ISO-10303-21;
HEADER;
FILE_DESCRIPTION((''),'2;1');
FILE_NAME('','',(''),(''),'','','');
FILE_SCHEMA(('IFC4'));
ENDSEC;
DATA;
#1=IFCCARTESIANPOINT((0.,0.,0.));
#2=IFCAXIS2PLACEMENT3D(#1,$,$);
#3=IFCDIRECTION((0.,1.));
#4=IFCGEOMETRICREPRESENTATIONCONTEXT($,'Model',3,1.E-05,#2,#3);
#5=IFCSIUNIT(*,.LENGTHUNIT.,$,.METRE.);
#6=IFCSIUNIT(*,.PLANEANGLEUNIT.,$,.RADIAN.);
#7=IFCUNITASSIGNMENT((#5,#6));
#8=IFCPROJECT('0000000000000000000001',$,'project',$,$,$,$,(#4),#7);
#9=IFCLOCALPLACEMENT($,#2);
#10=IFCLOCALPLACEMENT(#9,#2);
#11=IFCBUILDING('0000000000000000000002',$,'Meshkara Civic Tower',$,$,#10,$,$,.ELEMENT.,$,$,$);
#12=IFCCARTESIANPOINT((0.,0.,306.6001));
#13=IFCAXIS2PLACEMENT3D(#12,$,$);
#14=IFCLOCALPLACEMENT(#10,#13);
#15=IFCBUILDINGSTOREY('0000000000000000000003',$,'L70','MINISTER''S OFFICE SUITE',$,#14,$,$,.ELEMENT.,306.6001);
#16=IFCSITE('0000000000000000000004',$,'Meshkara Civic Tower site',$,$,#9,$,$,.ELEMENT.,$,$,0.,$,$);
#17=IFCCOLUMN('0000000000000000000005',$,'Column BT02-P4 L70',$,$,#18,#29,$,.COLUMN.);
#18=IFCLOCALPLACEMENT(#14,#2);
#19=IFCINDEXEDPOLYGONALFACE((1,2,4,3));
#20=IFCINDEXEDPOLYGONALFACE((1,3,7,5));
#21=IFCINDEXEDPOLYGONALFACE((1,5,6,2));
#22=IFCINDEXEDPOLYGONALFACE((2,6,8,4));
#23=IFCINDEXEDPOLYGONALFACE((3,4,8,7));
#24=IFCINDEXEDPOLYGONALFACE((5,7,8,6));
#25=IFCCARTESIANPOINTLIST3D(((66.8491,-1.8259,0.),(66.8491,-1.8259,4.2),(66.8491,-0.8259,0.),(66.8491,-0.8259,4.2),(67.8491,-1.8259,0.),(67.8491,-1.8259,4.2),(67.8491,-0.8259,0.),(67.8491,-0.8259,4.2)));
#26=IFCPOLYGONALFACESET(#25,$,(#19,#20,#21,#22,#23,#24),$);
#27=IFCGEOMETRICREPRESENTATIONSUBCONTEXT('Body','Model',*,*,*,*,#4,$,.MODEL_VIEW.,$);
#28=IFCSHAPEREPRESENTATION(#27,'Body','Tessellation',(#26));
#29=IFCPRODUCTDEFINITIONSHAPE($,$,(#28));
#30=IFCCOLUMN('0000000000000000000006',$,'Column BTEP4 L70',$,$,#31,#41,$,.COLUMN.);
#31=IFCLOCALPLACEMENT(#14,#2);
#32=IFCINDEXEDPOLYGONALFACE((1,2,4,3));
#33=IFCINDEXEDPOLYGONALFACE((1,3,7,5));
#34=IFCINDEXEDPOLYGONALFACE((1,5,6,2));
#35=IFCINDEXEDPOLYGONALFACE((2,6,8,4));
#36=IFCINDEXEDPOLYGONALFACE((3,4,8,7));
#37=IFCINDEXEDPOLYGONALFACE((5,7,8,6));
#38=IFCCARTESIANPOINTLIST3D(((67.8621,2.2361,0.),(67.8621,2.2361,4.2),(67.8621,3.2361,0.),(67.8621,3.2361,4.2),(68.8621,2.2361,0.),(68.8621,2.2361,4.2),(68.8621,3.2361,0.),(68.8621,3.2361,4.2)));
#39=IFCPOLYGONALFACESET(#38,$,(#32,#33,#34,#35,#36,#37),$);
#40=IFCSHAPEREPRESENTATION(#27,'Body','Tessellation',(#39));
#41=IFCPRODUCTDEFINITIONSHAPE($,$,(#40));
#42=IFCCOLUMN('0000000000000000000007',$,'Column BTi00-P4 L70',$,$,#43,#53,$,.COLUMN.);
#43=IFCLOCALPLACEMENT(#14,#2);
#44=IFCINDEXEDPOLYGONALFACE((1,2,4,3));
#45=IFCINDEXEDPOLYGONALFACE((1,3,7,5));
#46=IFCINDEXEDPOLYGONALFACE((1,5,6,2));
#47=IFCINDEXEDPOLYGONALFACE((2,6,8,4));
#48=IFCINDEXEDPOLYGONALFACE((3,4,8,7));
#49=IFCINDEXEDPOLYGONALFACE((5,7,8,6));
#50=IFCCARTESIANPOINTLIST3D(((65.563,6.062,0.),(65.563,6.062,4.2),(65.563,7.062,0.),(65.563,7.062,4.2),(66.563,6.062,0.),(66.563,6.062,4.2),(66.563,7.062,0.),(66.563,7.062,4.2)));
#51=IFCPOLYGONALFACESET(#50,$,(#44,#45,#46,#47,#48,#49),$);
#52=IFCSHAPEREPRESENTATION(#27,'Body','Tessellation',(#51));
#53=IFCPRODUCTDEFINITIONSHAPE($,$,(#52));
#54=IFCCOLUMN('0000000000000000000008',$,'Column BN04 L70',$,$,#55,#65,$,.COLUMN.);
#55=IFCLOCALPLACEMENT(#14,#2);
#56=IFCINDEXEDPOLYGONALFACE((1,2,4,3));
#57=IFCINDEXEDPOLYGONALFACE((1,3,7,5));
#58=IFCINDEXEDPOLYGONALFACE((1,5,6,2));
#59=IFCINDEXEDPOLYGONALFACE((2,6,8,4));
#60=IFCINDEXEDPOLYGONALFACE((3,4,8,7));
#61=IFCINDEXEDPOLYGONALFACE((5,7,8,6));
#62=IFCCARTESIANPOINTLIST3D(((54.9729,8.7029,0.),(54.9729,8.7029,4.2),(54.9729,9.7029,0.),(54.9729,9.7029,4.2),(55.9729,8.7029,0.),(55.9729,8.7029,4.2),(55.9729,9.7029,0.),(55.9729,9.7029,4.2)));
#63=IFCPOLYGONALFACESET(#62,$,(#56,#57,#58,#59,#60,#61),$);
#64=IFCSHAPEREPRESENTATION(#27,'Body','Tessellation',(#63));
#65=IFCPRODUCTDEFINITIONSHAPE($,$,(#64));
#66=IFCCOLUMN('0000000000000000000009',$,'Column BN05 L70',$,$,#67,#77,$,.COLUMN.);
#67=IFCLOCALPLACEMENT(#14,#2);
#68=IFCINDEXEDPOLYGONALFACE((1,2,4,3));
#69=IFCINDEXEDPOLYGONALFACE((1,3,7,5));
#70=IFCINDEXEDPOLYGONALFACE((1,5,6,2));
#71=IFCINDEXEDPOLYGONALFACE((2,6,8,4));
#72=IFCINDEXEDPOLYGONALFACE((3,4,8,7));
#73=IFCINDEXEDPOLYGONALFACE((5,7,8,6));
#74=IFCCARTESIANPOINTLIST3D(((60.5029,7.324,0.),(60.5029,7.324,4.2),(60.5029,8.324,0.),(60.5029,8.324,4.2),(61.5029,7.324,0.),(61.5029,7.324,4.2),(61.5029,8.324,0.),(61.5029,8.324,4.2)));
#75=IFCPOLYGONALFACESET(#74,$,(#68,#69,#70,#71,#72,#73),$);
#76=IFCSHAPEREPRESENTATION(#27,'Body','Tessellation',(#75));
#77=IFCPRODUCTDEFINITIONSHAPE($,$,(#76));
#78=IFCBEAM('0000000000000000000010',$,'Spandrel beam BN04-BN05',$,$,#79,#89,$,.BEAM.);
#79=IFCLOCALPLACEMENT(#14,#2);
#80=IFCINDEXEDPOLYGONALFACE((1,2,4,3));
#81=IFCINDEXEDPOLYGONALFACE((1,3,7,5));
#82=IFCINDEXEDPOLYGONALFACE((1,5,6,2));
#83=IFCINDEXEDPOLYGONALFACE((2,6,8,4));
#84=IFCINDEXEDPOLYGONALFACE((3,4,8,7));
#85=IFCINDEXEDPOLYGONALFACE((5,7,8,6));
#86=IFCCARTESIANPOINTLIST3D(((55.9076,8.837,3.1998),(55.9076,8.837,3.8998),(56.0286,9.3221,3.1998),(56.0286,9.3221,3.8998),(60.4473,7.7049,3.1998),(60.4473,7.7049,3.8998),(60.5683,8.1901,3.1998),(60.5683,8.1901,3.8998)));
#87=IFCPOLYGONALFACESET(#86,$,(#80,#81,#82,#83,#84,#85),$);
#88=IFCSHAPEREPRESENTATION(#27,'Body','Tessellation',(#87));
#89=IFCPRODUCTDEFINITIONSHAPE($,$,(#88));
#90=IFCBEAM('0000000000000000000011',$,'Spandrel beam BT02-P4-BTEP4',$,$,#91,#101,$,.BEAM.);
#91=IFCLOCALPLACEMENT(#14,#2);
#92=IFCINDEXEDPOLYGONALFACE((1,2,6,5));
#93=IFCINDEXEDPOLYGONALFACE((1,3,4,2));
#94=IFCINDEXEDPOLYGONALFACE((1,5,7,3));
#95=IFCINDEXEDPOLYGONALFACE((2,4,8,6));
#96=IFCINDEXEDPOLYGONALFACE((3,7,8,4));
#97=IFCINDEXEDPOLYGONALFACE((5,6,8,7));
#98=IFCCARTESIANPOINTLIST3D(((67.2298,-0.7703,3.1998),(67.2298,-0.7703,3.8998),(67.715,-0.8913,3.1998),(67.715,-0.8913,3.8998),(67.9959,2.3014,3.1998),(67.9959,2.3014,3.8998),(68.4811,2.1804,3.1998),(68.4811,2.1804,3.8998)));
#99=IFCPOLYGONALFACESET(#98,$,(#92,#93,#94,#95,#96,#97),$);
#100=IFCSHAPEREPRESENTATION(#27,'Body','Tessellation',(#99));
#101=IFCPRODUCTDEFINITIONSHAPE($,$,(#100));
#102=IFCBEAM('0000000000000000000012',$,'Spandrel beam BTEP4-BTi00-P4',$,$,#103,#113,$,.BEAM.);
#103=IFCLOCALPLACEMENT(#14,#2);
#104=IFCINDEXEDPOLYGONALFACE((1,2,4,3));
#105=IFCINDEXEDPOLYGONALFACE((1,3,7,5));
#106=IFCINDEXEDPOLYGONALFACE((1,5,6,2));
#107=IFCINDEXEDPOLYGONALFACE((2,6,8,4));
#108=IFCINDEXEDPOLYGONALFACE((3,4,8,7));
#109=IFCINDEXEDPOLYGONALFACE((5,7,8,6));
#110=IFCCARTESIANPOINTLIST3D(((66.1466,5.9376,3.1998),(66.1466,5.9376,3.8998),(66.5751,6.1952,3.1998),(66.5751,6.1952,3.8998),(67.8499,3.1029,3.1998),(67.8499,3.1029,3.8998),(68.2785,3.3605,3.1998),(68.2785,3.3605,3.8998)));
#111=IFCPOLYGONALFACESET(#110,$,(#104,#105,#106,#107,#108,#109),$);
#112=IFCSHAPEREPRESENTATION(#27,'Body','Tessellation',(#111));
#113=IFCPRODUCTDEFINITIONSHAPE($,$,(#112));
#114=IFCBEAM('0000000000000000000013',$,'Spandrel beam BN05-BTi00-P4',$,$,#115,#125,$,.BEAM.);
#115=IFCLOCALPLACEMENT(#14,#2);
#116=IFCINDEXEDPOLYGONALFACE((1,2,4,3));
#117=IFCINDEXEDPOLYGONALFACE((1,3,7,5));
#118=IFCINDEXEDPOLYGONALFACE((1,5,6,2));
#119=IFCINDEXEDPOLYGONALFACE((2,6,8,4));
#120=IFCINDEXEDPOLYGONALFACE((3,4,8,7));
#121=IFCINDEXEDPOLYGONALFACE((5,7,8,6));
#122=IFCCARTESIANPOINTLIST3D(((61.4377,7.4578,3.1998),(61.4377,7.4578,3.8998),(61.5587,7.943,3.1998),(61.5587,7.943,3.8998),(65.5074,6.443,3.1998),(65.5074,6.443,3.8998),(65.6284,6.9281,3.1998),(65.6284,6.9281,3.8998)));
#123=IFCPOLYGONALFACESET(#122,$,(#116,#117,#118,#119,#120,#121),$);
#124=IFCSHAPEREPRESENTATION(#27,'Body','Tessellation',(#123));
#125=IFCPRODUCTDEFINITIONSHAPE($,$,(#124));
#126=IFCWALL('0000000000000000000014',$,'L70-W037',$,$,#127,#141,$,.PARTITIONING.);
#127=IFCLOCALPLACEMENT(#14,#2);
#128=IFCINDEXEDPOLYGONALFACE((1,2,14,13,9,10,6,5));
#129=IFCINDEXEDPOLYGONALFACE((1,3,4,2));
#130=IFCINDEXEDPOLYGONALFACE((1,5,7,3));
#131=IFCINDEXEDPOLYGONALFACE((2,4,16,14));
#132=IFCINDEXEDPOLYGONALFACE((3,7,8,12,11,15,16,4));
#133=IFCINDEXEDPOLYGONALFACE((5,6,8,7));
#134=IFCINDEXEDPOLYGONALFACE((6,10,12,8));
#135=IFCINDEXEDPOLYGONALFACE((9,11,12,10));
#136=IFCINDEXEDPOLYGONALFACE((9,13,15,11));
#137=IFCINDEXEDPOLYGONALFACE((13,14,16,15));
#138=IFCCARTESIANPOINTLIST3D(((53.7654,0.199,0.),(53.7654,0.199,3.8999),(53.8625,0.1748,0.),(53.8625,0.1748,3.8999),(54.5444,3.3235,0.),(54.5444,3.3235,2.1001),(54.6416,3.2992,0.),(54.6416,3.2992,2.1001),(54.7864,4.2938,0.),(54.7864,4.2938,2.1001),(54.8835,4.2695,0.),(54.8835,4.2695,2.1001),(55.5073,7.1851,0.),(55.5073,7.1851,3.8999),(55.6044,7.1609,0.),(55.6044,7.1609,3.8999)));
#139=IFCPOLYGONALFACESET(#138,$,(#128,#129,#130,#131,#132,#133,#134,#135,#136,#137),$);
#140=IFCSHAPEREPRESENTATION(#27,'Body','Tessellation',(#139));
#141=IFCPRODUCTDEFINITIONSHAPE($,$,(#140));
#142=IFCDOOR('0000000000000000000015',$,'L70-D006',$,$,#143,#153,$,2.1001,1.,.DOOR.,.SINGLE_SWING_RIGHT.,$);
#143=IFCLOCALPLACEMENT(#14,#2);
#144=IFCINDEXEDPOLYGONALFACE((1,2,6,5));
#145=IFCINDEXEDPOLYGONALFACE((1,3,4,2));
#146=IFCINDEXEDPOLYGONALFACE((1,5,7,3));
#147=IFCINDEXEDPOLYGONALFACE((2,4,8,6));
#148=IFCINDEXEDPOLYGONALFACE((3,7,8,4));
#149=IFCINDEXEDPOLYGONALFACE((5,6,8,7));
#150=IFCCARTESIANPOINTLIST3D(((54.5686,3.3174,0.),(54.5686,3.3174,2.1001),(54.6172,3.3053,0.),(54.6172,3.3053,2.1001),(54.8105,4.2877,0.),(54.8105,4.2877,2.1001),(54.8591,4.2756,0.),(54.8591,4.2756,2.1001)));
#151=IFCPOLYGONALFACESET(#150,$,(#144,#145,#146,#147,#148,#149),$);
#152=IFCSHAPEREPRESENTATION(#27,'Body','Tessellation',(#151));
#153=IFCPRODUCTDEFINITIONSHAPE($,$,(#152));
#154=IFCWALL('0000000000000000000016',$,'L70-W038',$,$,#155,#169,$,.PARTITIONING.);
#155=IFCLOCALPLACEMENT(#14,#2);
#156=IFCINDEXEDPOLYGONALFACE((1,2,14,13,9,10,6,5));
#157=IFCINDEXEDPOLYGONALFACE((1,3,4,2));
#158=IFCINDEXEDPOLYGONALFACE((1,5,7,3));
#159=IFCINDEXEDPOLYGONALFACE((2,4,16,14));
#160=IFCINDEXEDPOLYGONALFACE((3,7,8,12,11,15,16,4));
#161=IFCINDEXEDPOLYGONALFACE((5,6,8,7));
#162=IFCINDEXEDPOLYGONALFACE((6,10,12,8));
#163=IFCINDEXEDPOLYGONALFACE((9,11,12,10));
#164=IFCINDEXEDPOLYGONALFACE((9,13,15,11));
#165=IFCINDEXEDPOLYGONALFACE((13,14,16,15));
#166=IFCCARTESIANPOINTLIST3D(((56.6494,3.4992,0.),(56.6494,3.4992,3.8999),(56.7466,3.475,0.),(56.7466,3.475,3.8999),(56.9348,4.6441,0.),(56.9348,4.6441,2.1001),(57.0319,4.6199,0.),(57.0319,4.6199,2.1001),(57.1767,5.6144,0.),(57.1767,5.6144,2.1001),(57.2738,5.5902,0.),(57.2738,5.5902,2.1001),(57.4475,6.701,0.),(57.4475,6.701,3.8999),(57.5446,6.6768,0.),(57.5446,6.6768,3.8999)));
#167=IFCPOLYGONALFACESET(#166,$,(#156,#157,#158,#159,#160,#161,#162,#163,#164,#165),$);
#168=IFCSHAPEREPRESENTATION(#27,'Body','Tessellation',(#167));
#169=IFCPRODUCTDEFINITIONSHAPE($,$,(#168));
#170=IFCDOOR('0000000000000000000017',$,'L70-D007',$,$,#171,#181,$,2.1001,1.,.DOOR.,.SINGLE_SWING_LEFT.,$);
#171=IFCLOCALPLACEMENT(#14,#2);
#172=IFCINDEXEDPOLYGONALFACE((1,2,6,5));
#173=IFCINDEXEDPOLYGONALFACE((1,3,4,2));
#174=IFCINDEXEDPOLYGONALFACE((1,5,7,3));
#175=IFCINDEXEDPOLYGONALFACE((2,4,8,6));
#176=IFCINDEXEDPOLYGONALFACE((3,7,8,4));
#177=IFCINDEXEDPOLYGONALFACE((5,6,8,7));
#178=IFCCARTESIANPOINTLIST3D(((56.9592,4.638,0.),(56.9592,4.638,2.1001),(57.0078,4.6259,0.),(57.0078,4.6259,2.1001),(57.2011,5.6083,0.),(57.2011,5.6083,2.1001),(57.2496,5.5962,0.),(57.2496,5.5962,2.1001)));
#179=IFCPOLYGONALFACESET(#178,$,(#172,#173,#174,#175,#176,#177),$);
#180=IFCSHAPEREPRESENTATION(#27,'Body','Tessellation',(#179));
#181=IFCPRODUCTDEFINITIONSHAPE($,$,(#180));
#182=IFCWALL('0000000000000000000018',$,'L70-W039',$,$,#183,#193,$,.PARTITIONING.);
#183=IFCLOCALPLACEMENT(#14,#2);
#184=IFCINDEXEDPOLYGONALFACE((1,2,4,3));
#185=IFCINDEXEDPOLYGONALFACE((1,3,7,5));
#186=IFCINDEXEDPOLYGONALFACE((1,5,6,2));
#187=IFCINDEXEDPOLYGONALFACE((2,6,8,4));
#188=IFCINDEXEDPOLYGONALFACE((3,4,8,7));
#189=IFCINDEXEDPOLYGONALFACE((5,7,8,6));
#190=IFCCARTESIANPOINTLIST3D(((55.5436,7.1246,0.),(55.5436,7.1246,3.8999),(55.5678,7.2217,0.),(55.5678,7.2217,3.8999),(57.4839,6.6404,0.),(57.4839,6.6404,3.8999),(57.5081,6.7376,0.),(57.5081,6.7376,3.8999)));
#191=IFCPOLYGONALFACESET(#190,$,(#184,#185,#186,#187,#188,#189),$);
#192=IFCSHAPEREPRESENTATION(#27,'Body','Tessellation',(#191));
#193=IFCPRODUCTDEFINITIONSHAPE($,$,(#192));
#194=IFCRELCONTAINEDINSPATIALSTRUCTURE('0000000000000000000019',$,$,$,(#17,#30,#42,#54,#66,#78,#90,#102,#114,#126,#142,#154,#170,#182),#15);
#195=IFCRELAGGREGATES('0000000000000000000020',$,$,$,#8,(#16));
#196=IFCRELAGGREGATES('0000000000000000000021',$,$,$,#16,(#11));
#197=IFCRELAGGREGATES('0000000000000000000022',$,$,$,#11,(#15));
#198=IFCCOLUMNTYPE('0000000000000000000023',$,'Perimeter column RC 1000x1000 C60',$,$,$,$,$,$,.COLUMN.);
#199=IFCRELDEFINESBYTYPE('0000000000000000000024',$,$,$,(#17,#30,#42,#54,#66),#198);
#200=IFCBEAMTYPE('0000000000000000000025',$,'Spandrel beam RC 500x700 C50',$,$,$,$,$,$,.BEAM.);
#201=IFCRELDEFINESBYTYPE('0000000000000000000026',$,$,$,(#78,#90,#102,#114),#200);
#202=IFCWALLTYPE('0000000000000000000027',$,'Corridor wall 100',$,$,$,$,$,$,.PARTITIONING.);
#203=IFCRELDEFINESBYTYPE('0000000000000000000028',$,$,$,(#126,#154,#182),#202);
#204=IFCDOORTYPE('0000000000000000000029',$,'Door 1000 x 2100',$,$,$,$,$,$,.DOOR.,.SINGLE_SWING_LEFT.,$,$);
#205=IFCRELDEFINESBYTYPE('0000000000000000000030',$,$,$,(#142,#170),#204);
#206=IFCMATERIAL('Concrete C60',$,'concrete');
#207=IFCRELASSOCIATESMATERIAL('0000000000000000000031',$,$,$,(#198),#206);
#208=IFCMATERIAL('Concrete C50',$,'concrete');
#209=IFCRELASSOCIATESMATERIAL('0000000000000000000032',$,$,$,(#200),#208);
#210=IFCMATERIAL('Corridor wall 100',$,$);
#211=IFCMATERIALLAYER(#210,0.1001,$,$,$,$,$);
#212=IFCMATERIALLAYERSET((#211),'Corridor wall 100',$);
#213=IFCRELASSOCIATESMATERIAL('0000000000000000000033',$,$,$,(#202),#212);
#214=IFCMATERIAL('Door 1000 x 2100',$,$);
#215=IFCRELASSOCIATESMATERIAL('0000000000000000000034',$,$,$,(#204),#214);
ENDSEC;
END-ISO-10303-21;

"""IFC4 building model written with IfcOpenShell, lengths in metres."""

from ifc_helpers import new_model, si_unit, direction, frame, frame_2d, origin, origin_2d, place, context, subcontext, project, spatial, rectangle, extrude, material, layer, layer_set, material_profile, profile_set, type_object, element, fill, save


model = new_model("IFC4")

# Units and contexts
model_context = context("Model", 3, precision=1e-05, world=origin(), true_north=direction((0.0, 1.0)))
body_context = subcontext(model_context, "Body", "Model", "MODEL_VIEW")
ifc_project = project(units=[si_unit("LENGTHUNIT", "METRE"), si_unit("PLANEANGLEUNIT", "RADIAN")], contexts=[model_context])

# Site, building, storey
site_placement = place(None, origin())
site = spatial("IfcSite", under=ifc_project, at=site_placement, Name="Meshkara Civic Tower site", CompositionType="ELEMENT", RefElevation=0.0)
building_placement = place(site_placement, origin())
building = spatial("IfcBuilding", under=site, at=building_placement, Name="Meshkara Civic Tower", CompositionType="ELEMENT")
storey_placement = place(building_placement, frame((0.0, 0.0, 306.6001)))
storey = spatial("IfcBuildingStorey", under=building, at=storey_placement, Name="L70", Description="MINISTER'S OFFICE SUITE", CompositionType="ELEMENT", Elevation=306.6001)

# Columns
ifc_material_1 = material(Name="Concrete C60", Category="concrete")
ifc_material_profile_1 = material_profile(ifc_material_1, rectangle(XDim=1.0, YDim=1.0, at=origin_2d()))
ifc_profile_set_1 = profile_set([ifc_material_profile_1], Name="Concrete C60")
column_type = type_object("IfcColumnType", Name="Perimeter column RC 1000x1000 C60", PredefinedType="COLUMN", material=ifc_profile_set_1)
for number, where, z_axis, x_axis, name in (
    (1, (67.3491, -1.3259, 0.0), (0.0, 0.0, 1.0), (1.0, 0.0, 0.0), "Column BT02-P4 L70"),
    (2, (68.3621, 2.7361, 0.0), (0.0, 0.0, 1.0), (1.0, 0.0, 0.0), "Column BTEP4 L70"),
    (3, (66.063, 6.562, 0.0), (0.0, 0.0, 1.0), (1.0, 0.0, 0.0), "Column BTi00-P4 L70"),
    (4, (55.4729, 9.2029, 0.0), (0.0, 0.0, 1.0), (1.0, 0.0, 0.0), "Column BN04 L70"),
    (5, (61.0029, 7.824, 0.0), (0.0, 0.0, 1.0), (1.0, 0.0, 0.0), "Column BN05 L70"),
):
    element("IfcColumn", number, at=place(storey_placement, frame(where, z_axis=z_axis, x_axis=x_axis)), inside=storey, type_object=column_type, Name=name, PredefinedType="COLUMN", context=body_context, shape_type="SweptSolid", body=[
        extrude(rectangle(XDim=1.0, YDim=1.0, at=origin_2d()), origin(), (0.0, 0.0, 1.0), 4.2),
    ])

# Beams
ifc_material_2 = material(Name="Concrete C50", Category="concrete")
ifc_material_profile_2 = material_profile(ifc_material_2, rectangle(XDim=0.5, YDim=0.7, at=origin_2d()))
ifc_profile_set_2 = profile_set([ifc_material_profile_2], Name="Concrete C50")
beam_type = type_object("IfcBeamType", Name="Spandrel beam RC 500x700 C50", PredefinedType="BEAM", material=ifc_profile_set_2)
beam_1_placement = place(storey_placement, frame((60.5078, 7.9475, 3.5498), z_axis=(-0.970287, 0.241959, 0.0), x_axis=(-0.241959, -0.970287, 0.0)))
element("IfcBeam", 6, at=beam_1_placement, inside=storey, type_object=beam_type, Name="Spandrel beam BN04-BN05", PredefinedType="BEAM", context=body_context, shape_type="SweptSolid", body=[
    extrude(rectangle(XDim=0.5, YDim=0.7, at=origin_2d()), origin(), (0.0, 0.0, 1.0), 4.6787),
])
beam_2_placement = place(storey_placement, frame((67.4724, -0.8308, 3.5498), z_axis=(0.241991, 0.970278, 0.0), x_axis=(-0.970278, 0.241991, 0.0)))
element("IfcBeam", 7, at=beam_2_placement, inside=storey, type_object=beam_type, Name="Spandrel beam BT02-P4-BTEP4", PredefinedType="BEAM", context=body_context, shape_type="SweptSolid", body=[
    extrude(rectangle(XDim=0.5, YDim=0.7, at=origin_2d()), origin(), (0.0, 0.0, 1.0), 3.1658),
])
beam_3_placement = place(storey_placement, frame((68.0642, 3.2317, 3.5498), z_axis=(-0.51506, 0.857154, 0.0), x_axis=(-0.857154, -0.51506, 0.0)))
element("IfcBeam", 8, at=beam_3_placement, inside=storey, type_object=beam_type, Name="Spandrel beam BTEP4-BTi00-P4", PredefinedType="BEAM", context=body_context, shape_type="SweptSolid", body=[
    extrude(rectangle(XDim=0.5, YDim=0.7, at=origin_2d()), origin(), (0.0, 0.0, 1.0), 3.3071),
])
beam_4_placement = place(storey_placement, frame((65.5679, 6.6855, 3.5498), z_axis=(-0.970286, 0.24196, 0.0), x_axis=(-0.24196, -0.970286, 0.0)))
element("IfcBeam", 9, at=beam_4_placement, inside=storey, type_object=beam_type, Name="Spandrel beam BN05-BTi00-P4", PredefinedType="BEAM", context=body_context, shape_type="SweptSolid", body=[
    extrude(rectangle(XDim=0.5, YDim=0.7, at=origin_2d()), origin(), (0.0, 0.0, 1.0), 4.1943),
])

# Walls, openings, doors
ifc_material_3 = material(Name="Corridor wall 100")
ifc_layer_1 = layer(ifc_material_3, 0.1001)
ifc_layer_set_1 = layer_set([ifc_layer_1], Name="Corridor wall 100")
wall_type_1 = type_object("IfcWallType", Name="Corridor wall 100", PredefinedType="PARTITIONING", material=ifc_layer_set_1)
wall_1_placement = place(storey_placement, frame((55.5559, 7.1731, 0.0), z_axis=(0.0, 0.0, 1.0), x_axis=(-0.241937, -0.970292, 0.0)))
wall_1 = element("IfcWall", 10, at=wall_1_placement, inside=storey, type_object=wall_type_1, Name="L70-W037", PredefinedType="PARTITIONING", context=body_context, shape_type="SweptSolid", body=[
    extrude(rectangle(XDim=7.2, YDim=0.1001, at=frame_2d((3.6001, 0.0))), origin(), (0.0, 0.0, 1.0), 3.8999),
])
opening_1_placement = place(wall_1_placement, frame((2.98, 0.0, 0.0)))
opening_1 = element("IfcOpeningElement", 11, at=opening_1_placement, cuts=wall_1, PredefinedType="OPENING", context=body_context, shape_type="SweptSolid", body=[
    extrude(rectangle(XDim=1.0, YDim=2.1001, at=frame_2d((0.5, 1.05))), frame((0.0, 0.0601, 0.0), z_axis=(0.0, -1.0, 0.0), x_axis=(1.0, 0.0, 0.0)), (0.0, 0.0, 1.0), 0.1201),
])
ifc_material_4 = material(Name="Door 1000 x 2100")
door_type = type_object("IfcDoorType", Name="Door 1000 x 2100", OperationType="SINGLE_SWING_LEFT", PredefinedType="DOOR", material=ifc_material_4)
door_1_placement = place(opening_1_placement, origin())
door_1 = element("IfcDoor", 12, at=door_1_placement, inside=storey, type_object=door_type, Name="L70-D006", OperationType="SINGLE_SWING_RIGHT", OverallHeight=2.1001, OverallWidth=1.0, PredefinedType="DOOR", context=body_context, shape_type="SweptSolid", body=[
    extrude(rectangle(XDim=1.0, YDim=2.1001, at=frame_2d((0.5, 1.05))), frame((0.0, 0.0249, 0.0), z_axis=(0.0, -1.0, 0.0), x_axis=(1.0, 0.0, 0.0)), (0.0, 0.0, 1.0), 0.05),
])
fill(opening_1, door_1)
wall_2_placement = place(storey_placement, frame((56.698, 3.4871, 0.0), z_axis=(0.0, 0.0, 1.0), x_axis=(0.241857, 0.970312, 0.0)))
wall_2 = element("IfcWall", 13, at=wall_2_placement, inside=storey, type_object=wall_type_1, Name="L70-W038", PredefinedType="PARTITIONING", context=body_context, shape_type="SweptSolid", body=[
    extrude(rectangle(XDim=3.2998, YDim=0.1001, at=frame_2d((1.6499, 0.0))), origin(), (0.0, 0.0, 1.0), 3.8999),
])
opening_2_placement = place(wall_2_placement, frame((1.1799, 0.0, 0.0)))
opening_2 = element("IfcOpeningElement", 14, at=opening_2_placement, cuts=wall_2, PredefinedType="OPENING", context=body_context, shape_type="SweptSolid", body=[
    extrude(rectangle(XDim=1.0, YDim=2.1001, at=frame_2d((0.5, 1.05))), frame((0.0, 0.0601, 0.0), z_axis=(0.0, -1.0, 0.0), x_axis=(1.0, 0.0, 0.0)), (0.0, 0.0, 1.0), 0.1201),
])
door_2_placement = place(opening_2_placement, origin())
door_2 = element("IfcDoor", 15, at=door_2_placement, inside=storey, type_object=door_type, Name="L70-D007", OperationType="SINGLE_SWING_LEFT", OverallHeight=2.1001, OverallWidth=1.0, PredefinedType="DOOR", context=body_context, shape_type="SweptSolid", body=[
    extrude(rectangle(XDim=1.0, YDim=2.1001, at=frame_2d((0.5, 1.05))), frame((0.0, 0.0249, 0.0), z_axis=(0.0, -1.0, 0.0), x_axis=(1.0, 0.0, 0.0)), (0.0, 0.0, 1.0), 0.05),
])
fill(opening_2, door_2)

# Wall
wall_3_placement = place(storey_placement, frame((57.4961, 6.689, 0.0), z_axis=(0.0, 0.0, 1.0), x_axis=(-0.97025, 0.242105, 0.0)))
element("IfcWall", 16, at=wall_3_placement, inside=storey, type_object=wall_type_1, Name="L70-W039", PredefinedType="PARTITIONING", context=body_context, shape_type="SweptSolid", body=[
    extrude(rectangle(XDim=1.9998, YDim=0.1001, at=frame_2d((1.0, 0.0))), origin(), (0.0, 0.0, 1.0), 3.8999),
])

save(model, "model.ifc")
